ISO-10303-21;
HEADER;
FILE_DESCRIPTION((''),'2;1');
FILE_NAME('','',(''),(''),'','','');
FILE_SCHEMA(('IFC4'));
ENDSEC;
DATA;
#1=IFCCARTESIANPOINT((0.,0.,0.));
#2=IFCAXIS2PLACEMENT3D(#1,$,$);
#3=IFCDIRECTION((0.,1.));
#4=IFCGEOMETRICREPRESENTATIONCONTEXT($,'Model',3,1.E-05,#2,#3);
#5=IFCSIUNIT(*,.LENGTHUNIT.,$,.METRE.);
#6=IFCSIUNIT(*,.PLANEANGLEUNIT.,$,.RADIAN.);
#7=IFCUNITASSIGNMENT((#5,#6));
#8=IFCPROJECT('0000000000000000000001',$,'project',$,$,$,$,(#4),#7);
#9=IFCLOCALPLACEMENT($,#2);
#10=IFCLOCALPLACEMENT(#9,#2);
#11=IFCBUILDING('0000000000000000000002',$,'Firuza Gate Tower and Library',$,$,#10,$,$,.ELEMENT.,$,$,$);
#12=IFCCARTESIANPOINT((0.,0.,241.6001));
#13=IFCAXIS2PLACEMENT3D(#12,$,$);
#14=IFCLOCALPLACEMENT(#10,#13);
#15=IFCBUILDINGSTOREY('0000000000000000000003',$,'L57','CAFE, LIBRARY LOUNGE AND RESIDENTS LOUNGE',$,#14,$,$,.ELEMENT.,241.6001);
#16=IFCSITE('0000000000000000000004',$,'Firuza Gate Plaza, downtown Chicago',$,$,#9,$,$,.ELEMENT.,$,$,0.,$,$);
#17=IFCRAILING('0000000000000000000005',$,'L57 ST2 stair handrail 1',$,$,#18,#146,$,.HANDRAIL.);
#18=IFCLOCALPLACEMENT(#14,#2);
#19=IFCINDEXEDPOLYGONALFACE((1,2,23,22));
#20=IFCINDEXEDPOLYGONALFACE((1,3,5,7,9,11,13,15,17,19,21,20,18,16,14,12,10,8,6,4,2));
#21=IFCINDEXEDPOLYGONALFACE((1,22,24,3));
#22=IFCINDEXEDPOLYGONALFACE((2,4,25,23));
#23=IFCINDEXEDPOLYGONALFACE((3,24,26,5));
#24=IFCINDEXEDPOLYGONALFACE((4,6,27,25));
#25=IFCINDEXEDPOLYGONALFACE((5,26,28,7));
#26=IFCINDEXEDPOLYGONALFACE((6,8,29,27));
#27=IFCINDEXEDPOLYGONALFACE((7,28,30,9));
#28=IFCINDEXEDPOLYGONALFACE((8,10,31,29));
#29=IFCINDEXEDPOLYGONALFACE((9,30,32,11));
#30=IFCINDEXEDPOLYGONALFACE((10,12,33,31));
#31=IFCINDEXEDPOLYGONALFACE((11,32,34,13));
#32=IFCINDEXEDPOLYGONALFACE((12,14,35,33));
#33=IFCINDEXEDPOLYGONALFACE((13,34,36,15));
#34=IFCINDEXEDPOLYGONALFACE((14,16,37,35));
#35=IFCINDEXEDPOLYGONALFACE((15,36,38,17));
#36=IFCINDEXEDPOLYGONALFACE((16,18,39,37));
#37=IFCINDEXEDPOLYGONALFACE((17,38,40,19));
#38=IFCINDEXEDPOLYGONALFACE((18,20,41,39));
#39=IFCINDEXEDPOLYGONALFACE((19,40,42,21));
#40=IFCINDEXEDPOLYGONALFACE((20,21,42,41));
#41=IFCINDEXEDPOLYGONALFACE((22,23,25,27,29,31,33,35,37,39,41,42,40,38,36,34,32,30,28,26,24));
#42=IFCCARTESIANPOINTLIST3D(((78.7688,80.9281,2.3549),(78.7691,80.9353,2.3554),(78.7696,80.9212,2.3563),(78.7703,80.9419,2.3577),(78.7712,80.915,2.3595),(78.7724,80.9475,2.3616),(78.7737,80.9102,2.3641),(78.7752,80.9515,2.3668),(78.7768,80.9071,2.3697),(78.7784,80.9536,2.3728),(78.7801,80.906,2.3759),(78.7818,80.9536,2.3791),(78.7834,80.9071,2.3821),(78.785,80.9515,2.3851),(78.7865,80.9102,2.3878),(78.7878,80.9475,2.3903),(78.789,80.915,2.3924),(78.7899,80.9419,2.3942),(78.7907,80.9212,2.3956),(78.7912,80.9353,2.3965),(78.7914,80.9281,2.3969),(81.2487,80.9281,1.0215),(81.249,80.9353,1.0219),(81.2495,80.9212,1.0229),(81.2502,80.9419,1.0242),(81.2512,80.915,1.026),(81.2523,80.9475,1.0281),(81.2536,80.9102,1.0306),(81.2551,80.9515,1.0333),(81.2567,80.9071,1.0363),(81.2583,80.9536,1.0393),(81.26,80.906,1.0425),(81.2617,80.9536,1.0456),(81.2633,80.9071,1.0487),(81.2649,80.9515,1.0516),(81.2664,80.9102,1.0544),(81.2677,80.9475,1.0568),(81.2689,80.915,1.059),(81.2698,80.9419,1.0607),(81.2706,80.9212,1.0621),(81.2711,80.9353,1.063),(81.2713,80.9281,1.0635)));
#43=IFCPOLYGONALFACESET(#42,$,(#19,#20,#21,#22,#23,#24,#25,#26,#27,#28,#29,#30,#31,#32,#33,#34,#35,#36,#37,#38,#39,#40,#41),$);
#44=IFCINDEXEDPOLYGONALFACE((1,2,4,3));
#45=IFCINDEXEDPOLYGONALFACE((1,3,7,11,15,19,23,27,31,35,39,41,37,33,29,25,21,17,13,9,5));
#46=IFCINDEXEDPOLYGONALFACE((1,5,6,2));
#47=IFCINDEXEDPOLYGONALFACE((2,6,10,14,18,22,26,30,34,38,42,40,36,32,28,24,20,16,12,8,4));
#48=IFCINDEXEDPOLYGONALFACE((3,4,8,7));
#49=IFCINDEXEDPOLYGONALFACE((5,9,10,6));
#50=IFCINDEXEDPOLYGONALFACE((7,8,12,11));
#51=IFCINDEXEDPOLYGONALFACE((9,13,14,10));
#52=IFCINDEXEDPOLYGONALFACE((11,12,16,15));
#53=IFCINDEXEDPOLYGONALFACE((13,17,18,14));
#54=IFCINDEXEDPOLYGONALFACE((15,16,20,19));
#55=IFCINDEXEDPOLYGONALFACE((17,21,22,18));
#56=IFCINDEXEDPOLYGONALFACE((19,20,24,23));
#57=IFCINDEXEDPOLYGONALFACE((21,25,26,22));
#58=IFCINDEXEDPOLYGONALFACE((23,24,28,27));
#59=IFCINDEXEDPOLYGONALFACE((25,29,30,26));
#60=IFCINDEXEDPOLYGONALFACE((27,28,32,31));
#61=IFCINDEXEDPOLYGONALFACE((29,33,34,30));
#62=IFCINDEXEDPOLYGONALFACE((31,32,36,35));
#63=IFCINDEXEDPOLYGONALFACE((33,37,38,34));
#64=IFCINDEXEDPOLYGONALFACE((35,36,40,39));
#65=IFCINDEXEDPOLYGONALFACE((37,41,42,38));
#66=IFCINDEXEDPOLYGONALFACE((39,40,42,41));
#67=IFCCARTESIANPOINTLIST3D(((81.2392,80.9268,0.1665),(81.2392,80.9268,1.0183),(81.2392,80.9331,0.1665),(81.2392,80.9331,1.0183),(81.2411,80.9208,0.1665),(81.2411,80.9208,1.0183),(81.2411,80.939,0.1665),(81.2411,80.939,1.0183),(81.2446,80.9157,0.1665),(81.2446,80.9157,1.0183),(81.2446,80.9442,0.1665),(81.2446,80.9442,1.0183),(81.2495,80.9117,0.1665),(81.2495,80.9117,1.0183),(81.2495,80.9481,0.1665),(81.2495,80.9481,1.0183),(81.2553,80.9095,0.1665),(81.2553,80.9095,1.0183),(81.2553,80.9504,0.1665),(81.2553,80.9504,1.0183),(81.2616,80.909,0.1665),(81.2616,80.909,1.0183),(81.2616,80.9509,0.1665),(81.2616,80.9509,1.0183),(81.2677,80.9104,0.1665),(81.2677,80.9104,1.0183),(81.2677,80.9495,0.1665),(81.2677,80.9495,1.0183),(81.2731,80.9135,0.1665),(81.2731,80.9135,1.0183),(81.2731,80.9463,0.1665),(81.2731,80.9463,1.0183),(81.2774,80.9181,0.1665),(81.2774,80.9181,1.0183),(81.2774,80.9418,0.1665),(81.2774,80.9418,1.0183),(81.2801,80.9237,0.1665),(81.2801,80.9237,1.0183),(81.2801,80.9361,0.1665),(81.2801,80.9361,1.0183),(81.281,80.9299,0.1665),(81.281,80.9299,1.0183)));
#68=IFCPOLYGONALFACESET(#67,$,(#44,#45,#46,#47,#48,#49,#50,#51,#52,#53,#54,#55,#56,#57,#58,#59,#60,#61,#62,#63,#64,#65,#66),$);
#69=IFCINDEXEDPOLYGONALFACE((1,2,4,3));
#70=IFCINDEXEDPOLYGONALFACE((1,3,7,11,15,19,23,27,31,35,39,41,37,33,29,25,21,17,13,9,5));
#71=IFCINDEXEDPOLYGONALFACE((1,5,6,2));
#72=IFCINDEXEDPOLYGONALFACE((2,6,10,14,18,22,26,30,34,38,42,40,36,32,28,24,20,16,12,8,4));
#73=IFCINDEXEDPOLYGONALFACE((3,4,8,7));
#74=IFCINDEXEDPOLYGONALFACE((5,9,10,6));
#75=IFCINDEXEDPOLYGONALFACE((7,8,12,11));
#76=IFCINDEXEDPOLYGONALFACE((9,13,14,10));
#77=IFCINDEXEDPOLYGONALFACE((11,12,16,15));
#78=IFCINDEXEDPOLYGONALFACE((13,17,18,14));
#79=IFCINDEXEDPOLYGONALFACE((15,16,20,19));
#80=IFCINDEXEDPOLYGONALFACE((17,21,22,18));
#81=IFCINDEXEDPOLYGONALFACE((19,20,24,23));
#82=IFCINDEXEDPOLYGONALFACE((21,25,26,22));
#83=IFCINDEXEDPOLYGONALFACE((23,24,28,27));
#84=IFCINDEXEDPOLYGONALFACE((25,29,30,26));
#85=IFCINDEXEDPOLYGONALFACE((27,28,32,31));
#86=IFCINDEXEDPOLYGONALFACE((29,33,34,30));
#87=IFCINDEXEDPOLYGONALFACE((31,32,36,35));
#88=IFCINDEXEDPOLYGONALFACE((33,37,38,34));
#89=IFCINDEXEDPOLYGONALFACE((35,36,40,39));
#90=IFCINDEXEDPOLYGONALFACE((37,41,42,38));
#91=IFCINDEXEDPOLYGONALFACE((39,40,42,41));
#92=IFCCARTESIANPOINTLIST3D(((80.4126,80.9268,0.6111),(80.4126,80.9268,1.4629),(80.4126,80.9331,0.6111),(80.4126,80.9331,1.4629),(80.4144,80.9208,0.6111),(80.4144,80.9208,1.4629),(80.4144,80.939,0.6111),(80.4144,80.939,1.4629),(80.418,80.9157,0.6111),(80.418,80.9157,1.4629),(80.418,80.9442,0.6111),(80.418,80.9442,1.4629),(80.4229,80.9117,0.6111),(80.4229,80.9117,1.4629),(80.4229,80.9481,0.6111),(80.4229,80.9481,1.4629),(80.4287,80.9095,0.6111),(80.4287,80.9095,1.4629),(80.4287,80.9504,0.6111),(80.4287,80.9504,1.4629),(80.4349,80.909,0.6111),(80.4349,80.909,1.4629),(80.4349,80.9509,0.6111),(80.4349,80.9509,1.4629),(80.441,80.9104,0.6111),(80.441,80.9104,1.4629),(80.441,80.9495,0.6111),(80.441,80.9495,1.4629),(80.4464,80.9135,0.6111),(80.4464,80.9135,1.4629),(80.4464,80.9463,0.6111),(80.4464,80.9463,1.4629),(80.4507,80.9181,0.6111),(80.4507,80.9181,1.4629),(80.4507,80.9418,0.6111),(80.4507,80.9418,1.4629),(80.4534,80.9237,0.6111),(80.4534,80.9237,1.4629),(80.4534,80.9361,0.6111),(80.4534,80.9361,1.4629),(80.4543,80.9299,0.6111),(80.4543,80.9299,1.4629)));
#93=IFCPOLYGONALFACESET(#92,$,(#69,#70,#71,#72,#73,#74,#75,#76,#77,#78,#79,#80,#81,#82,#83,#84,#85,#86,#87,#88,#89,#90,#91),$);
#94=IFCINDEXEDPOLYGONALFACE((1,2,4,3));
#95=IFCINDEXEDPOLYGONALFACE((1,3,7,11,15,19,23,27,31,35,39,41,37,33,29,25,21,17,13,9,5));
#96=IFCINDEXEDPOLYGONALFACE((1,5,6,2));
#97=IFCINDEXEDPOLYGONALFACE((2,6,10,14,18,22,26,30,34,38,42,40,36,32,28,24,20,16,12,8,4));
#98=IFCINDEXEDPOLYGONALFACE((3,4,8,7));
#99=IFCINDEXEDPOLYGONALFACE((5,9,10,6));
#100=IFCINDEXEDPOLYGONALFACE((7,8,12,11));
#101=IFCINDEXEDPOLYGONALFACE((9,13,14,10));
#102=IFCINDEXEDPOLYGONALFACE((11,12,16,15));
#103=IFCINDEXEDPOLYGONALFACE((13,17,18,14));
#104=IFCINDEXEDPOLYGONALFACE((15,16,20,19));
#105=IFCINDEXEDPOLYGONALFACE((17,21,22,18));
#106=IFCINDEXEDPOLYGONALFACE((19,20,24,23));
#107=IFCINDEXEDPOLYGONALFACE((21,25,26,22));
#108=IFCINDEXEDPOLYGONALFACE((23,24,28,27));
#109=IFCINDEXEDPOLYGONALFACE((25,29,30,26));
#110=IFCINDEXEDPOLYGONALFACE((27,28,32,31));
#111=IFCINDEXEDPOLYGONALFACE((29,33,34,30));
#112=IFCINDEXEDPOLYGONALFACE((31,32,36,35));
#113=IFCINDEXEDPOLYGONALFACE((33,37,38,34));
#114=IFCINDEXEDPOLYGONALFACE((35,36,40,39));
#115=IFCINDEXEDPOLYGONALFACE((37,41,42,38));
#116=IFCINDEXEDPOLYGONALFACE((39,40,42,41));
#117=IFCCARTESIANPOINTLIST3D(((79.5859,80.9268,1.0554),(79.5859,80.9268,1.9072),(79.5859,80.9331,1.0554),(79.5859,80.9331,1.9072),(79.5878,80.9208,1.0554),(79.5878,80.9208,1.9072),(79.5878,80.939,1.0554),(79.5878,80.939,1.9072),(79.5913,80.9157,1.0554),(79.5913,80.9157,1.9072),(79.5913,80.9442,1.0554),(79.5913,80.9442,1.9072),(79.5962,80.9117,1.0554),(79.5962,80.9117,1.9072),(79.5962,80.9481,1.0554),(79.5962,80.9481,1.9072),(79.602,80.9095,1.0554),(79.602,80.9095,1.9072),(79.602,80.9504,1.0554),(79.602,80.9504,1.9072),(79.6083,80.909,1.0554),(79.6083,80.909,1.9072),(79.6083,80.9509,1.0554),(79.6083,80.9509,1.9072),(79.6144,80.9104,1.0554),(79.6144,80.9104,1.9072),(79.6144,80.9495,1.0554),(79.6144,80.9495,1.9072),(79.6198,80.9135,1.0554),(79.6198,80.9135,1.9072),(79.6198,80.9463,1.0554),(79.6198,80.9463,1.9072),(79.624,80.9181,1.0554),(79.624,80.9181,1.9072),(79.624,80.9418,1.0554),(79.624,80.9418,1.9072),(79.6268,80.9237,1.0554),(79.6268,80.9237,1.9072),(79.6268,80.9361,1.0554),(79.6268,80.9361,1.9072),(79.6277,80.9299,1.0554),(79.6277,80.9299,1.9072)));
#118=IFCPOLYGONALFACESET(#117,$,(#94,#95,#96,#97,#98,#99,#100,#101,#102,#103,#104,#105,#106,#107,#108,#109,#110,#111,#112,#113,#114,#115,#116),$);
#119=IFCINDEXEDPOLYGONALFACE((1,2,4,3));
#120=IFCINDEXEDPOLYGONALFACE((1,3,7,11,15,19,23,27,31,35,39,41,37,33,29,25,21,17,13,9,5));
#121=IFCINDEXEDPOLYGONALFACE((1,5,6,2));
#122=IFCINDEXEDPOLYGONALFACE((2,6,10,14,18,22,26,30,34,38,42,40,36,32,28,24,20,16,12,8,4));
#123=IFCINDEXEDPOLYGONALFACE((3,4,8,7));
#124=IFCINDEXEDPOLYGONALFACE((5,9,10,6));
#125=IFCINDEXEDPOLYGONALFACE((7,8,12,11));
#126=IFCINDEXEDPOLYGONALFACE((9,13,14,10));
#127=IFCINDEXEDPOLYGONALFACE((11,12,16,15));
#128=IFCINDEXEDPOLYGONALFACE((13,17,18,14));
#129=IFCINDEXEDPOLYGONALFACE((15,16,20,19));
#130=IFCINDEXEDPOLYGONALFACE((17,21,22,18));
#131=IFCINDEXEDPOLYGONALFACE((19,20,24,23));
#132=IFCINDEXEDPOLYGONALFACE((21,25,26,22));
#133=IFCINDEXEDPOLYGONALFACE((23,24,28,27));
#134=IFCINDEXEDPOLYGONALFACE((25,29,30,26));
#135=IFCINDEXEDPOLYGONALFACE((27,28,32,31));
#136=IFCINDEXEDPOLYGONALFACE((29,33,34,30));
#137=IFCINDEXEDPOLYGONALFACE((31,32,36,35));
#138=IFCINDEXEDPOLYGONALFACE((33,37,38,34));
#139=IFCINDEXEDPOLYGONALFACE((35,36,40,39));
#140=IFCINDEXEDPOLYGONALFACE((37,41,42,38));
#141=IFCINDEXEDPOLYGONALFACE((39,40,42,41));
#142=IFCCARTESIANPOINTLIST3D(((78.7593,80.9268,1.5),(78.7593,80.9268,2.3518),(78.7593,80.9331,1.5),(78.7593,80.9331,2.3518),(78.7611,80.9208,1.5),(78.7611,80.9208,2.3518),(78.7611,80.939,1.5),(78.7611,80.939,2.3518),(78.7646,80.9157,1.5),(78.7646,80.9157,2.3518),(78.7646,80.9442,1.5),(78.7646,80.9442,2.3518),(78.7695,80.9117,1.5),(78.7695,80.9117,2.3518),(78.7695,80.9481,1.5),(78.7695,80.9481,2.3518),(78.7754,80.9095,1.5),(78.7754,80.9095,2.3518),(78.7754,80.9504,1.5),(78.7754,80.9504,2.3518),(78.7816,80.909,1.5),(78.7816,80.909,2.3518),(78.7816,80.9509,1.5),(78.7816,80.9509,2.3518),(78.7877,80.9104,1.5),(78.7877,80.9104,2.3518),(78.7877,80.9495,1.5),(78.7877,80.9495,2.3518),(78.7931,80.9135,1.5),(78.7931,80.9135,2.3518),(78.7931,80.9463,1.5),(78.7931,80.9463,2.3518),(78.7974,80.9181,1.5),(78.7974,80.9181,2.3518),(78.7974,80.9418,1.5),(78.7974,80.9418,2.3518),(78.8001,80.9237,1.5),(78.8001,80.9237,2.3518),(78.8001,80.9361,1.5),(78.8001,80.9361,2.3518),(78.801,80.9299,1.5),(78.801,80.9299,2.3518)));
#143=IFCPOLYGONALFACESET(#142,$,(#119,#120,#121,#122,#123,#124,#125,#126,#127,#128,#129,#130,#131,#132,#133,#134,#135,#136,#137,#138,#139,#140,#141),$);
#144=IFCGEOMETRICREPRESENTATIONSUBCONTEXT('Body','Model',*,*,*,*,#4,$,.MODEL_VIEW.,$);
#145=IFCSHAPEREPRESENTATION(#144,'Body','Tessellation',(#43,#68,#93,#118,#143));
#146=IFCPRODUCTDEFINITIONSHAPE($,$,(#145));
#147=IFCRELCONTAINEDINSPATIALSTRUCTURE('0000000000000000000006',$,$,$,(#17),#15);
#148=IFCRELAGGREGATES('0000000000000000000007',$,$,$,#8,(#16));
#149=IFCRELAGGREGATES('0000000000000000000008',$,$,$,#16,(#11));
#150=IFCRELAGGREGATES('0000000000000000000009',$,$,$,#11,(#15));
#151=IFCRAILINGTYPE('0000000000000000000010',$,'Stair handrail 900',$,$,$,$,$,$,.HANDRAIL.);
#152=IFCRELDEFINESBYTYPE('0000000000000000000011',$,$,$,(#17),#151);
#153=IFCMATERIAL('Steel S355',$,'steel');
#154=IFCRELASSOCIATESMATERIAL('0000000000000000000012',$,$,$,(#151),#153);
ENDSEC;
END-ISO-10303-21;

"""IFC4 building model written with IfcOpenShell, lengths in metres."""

from ifc_helpers import new_model, si_unit, direction, frame, origin, origin_2d, place, context, subcontext, project, spatial, circle, extrude, material, type_object, element, save


model = new_model("IFC4")

# Units and contexts
model_context = context("Model", 3, precision=1e-05, world=origin(), true_north=direction((0.0, 1.0)))
body_context = subcontext(model_context, "Body", "Model", "MODEL_VIEW")
ifc_project = project(units=[si_unit("LENGTHUNIT", "METRE"), si_unit("PLANEANGLEUNIT", "RADIAN")], contexts=[model_context])

# Site, building, storey
site_placement = place(None, origin())
site = spatial("IfcSite", under=ifc_project, at=site_placement, Name="Firuza Gate Plaza, downtown Chicago", CompositionType="ELEMENT", RefElevation=0.0)
building_placement = place(site_placement, origin())
building = spatial("IfcBuilding", under=site, at=building_placement, Name="Firuza Gate Tower and Library", CompositionType="ELEMENT")
storey_placement = place(building_placement, frame((0.0, 0.0, 241.6001)))
storey = spatial("IfcBuildingStorey", under=building, at=storey_placement, Name="L57", Description="CAFE, LIBRARY LOUNGE AND RESIDENTS LOUNGE", CompositionType="ELEMENT", Elevation=241.6001)

# Railing
ifc_material_1 = material(Name="Steel S355", Category="steel")
railing_type_1 = type_object("IfcRailingType", Name="Stair handrail 900", PredefinedType="HANDRAIL", material=ifc_material_1)
railing_1_placement = place(storey_placement, frame((81.26, 80.9299, 0.1665)))
element("IfcRailing", 1, at=railing_1_placement, inside=storey, type_object=railing_type_1, Name="L57 ST2 stair handrail 1", PredefinedType="HANDRAIL", context=body_context, shape_type="SweptSolid", body=[
    extrude(circle(Radius=0.0239, at=origin_2d()), frame((0.0, 0.0, 0.876), z_axis=(-0.880749, 0.0, 0.473583), x_axis=(0.0, -1.0, 0.0)), (0.0, 0.0, 1.0), 2.8157),
    extrude(circle(Radius=0.021, at=origin_2d()), origin(), (0.0, 0.0, 1.0), 0.8518),
    extrude(circle(Radius=0.021, at=origin_2d()), frame((-0.8267, 0.0, 0.4446)), (0.0, 0.0, 1.0), 0.8518),
    extrude(circle(Radius=0.021, at=origin_2d()), frame((-1.6533, 0.0, 0.8889)), (0.0, 0.0, 1.0), 0.8518),
    extrude(circle(Radius=0.021, at=origin_2d()), frame((-2.48, 0.0, 1.3335)), (0.0, 0.0, 1.0), 0.8518),
])

save(model, "model.ifc")
